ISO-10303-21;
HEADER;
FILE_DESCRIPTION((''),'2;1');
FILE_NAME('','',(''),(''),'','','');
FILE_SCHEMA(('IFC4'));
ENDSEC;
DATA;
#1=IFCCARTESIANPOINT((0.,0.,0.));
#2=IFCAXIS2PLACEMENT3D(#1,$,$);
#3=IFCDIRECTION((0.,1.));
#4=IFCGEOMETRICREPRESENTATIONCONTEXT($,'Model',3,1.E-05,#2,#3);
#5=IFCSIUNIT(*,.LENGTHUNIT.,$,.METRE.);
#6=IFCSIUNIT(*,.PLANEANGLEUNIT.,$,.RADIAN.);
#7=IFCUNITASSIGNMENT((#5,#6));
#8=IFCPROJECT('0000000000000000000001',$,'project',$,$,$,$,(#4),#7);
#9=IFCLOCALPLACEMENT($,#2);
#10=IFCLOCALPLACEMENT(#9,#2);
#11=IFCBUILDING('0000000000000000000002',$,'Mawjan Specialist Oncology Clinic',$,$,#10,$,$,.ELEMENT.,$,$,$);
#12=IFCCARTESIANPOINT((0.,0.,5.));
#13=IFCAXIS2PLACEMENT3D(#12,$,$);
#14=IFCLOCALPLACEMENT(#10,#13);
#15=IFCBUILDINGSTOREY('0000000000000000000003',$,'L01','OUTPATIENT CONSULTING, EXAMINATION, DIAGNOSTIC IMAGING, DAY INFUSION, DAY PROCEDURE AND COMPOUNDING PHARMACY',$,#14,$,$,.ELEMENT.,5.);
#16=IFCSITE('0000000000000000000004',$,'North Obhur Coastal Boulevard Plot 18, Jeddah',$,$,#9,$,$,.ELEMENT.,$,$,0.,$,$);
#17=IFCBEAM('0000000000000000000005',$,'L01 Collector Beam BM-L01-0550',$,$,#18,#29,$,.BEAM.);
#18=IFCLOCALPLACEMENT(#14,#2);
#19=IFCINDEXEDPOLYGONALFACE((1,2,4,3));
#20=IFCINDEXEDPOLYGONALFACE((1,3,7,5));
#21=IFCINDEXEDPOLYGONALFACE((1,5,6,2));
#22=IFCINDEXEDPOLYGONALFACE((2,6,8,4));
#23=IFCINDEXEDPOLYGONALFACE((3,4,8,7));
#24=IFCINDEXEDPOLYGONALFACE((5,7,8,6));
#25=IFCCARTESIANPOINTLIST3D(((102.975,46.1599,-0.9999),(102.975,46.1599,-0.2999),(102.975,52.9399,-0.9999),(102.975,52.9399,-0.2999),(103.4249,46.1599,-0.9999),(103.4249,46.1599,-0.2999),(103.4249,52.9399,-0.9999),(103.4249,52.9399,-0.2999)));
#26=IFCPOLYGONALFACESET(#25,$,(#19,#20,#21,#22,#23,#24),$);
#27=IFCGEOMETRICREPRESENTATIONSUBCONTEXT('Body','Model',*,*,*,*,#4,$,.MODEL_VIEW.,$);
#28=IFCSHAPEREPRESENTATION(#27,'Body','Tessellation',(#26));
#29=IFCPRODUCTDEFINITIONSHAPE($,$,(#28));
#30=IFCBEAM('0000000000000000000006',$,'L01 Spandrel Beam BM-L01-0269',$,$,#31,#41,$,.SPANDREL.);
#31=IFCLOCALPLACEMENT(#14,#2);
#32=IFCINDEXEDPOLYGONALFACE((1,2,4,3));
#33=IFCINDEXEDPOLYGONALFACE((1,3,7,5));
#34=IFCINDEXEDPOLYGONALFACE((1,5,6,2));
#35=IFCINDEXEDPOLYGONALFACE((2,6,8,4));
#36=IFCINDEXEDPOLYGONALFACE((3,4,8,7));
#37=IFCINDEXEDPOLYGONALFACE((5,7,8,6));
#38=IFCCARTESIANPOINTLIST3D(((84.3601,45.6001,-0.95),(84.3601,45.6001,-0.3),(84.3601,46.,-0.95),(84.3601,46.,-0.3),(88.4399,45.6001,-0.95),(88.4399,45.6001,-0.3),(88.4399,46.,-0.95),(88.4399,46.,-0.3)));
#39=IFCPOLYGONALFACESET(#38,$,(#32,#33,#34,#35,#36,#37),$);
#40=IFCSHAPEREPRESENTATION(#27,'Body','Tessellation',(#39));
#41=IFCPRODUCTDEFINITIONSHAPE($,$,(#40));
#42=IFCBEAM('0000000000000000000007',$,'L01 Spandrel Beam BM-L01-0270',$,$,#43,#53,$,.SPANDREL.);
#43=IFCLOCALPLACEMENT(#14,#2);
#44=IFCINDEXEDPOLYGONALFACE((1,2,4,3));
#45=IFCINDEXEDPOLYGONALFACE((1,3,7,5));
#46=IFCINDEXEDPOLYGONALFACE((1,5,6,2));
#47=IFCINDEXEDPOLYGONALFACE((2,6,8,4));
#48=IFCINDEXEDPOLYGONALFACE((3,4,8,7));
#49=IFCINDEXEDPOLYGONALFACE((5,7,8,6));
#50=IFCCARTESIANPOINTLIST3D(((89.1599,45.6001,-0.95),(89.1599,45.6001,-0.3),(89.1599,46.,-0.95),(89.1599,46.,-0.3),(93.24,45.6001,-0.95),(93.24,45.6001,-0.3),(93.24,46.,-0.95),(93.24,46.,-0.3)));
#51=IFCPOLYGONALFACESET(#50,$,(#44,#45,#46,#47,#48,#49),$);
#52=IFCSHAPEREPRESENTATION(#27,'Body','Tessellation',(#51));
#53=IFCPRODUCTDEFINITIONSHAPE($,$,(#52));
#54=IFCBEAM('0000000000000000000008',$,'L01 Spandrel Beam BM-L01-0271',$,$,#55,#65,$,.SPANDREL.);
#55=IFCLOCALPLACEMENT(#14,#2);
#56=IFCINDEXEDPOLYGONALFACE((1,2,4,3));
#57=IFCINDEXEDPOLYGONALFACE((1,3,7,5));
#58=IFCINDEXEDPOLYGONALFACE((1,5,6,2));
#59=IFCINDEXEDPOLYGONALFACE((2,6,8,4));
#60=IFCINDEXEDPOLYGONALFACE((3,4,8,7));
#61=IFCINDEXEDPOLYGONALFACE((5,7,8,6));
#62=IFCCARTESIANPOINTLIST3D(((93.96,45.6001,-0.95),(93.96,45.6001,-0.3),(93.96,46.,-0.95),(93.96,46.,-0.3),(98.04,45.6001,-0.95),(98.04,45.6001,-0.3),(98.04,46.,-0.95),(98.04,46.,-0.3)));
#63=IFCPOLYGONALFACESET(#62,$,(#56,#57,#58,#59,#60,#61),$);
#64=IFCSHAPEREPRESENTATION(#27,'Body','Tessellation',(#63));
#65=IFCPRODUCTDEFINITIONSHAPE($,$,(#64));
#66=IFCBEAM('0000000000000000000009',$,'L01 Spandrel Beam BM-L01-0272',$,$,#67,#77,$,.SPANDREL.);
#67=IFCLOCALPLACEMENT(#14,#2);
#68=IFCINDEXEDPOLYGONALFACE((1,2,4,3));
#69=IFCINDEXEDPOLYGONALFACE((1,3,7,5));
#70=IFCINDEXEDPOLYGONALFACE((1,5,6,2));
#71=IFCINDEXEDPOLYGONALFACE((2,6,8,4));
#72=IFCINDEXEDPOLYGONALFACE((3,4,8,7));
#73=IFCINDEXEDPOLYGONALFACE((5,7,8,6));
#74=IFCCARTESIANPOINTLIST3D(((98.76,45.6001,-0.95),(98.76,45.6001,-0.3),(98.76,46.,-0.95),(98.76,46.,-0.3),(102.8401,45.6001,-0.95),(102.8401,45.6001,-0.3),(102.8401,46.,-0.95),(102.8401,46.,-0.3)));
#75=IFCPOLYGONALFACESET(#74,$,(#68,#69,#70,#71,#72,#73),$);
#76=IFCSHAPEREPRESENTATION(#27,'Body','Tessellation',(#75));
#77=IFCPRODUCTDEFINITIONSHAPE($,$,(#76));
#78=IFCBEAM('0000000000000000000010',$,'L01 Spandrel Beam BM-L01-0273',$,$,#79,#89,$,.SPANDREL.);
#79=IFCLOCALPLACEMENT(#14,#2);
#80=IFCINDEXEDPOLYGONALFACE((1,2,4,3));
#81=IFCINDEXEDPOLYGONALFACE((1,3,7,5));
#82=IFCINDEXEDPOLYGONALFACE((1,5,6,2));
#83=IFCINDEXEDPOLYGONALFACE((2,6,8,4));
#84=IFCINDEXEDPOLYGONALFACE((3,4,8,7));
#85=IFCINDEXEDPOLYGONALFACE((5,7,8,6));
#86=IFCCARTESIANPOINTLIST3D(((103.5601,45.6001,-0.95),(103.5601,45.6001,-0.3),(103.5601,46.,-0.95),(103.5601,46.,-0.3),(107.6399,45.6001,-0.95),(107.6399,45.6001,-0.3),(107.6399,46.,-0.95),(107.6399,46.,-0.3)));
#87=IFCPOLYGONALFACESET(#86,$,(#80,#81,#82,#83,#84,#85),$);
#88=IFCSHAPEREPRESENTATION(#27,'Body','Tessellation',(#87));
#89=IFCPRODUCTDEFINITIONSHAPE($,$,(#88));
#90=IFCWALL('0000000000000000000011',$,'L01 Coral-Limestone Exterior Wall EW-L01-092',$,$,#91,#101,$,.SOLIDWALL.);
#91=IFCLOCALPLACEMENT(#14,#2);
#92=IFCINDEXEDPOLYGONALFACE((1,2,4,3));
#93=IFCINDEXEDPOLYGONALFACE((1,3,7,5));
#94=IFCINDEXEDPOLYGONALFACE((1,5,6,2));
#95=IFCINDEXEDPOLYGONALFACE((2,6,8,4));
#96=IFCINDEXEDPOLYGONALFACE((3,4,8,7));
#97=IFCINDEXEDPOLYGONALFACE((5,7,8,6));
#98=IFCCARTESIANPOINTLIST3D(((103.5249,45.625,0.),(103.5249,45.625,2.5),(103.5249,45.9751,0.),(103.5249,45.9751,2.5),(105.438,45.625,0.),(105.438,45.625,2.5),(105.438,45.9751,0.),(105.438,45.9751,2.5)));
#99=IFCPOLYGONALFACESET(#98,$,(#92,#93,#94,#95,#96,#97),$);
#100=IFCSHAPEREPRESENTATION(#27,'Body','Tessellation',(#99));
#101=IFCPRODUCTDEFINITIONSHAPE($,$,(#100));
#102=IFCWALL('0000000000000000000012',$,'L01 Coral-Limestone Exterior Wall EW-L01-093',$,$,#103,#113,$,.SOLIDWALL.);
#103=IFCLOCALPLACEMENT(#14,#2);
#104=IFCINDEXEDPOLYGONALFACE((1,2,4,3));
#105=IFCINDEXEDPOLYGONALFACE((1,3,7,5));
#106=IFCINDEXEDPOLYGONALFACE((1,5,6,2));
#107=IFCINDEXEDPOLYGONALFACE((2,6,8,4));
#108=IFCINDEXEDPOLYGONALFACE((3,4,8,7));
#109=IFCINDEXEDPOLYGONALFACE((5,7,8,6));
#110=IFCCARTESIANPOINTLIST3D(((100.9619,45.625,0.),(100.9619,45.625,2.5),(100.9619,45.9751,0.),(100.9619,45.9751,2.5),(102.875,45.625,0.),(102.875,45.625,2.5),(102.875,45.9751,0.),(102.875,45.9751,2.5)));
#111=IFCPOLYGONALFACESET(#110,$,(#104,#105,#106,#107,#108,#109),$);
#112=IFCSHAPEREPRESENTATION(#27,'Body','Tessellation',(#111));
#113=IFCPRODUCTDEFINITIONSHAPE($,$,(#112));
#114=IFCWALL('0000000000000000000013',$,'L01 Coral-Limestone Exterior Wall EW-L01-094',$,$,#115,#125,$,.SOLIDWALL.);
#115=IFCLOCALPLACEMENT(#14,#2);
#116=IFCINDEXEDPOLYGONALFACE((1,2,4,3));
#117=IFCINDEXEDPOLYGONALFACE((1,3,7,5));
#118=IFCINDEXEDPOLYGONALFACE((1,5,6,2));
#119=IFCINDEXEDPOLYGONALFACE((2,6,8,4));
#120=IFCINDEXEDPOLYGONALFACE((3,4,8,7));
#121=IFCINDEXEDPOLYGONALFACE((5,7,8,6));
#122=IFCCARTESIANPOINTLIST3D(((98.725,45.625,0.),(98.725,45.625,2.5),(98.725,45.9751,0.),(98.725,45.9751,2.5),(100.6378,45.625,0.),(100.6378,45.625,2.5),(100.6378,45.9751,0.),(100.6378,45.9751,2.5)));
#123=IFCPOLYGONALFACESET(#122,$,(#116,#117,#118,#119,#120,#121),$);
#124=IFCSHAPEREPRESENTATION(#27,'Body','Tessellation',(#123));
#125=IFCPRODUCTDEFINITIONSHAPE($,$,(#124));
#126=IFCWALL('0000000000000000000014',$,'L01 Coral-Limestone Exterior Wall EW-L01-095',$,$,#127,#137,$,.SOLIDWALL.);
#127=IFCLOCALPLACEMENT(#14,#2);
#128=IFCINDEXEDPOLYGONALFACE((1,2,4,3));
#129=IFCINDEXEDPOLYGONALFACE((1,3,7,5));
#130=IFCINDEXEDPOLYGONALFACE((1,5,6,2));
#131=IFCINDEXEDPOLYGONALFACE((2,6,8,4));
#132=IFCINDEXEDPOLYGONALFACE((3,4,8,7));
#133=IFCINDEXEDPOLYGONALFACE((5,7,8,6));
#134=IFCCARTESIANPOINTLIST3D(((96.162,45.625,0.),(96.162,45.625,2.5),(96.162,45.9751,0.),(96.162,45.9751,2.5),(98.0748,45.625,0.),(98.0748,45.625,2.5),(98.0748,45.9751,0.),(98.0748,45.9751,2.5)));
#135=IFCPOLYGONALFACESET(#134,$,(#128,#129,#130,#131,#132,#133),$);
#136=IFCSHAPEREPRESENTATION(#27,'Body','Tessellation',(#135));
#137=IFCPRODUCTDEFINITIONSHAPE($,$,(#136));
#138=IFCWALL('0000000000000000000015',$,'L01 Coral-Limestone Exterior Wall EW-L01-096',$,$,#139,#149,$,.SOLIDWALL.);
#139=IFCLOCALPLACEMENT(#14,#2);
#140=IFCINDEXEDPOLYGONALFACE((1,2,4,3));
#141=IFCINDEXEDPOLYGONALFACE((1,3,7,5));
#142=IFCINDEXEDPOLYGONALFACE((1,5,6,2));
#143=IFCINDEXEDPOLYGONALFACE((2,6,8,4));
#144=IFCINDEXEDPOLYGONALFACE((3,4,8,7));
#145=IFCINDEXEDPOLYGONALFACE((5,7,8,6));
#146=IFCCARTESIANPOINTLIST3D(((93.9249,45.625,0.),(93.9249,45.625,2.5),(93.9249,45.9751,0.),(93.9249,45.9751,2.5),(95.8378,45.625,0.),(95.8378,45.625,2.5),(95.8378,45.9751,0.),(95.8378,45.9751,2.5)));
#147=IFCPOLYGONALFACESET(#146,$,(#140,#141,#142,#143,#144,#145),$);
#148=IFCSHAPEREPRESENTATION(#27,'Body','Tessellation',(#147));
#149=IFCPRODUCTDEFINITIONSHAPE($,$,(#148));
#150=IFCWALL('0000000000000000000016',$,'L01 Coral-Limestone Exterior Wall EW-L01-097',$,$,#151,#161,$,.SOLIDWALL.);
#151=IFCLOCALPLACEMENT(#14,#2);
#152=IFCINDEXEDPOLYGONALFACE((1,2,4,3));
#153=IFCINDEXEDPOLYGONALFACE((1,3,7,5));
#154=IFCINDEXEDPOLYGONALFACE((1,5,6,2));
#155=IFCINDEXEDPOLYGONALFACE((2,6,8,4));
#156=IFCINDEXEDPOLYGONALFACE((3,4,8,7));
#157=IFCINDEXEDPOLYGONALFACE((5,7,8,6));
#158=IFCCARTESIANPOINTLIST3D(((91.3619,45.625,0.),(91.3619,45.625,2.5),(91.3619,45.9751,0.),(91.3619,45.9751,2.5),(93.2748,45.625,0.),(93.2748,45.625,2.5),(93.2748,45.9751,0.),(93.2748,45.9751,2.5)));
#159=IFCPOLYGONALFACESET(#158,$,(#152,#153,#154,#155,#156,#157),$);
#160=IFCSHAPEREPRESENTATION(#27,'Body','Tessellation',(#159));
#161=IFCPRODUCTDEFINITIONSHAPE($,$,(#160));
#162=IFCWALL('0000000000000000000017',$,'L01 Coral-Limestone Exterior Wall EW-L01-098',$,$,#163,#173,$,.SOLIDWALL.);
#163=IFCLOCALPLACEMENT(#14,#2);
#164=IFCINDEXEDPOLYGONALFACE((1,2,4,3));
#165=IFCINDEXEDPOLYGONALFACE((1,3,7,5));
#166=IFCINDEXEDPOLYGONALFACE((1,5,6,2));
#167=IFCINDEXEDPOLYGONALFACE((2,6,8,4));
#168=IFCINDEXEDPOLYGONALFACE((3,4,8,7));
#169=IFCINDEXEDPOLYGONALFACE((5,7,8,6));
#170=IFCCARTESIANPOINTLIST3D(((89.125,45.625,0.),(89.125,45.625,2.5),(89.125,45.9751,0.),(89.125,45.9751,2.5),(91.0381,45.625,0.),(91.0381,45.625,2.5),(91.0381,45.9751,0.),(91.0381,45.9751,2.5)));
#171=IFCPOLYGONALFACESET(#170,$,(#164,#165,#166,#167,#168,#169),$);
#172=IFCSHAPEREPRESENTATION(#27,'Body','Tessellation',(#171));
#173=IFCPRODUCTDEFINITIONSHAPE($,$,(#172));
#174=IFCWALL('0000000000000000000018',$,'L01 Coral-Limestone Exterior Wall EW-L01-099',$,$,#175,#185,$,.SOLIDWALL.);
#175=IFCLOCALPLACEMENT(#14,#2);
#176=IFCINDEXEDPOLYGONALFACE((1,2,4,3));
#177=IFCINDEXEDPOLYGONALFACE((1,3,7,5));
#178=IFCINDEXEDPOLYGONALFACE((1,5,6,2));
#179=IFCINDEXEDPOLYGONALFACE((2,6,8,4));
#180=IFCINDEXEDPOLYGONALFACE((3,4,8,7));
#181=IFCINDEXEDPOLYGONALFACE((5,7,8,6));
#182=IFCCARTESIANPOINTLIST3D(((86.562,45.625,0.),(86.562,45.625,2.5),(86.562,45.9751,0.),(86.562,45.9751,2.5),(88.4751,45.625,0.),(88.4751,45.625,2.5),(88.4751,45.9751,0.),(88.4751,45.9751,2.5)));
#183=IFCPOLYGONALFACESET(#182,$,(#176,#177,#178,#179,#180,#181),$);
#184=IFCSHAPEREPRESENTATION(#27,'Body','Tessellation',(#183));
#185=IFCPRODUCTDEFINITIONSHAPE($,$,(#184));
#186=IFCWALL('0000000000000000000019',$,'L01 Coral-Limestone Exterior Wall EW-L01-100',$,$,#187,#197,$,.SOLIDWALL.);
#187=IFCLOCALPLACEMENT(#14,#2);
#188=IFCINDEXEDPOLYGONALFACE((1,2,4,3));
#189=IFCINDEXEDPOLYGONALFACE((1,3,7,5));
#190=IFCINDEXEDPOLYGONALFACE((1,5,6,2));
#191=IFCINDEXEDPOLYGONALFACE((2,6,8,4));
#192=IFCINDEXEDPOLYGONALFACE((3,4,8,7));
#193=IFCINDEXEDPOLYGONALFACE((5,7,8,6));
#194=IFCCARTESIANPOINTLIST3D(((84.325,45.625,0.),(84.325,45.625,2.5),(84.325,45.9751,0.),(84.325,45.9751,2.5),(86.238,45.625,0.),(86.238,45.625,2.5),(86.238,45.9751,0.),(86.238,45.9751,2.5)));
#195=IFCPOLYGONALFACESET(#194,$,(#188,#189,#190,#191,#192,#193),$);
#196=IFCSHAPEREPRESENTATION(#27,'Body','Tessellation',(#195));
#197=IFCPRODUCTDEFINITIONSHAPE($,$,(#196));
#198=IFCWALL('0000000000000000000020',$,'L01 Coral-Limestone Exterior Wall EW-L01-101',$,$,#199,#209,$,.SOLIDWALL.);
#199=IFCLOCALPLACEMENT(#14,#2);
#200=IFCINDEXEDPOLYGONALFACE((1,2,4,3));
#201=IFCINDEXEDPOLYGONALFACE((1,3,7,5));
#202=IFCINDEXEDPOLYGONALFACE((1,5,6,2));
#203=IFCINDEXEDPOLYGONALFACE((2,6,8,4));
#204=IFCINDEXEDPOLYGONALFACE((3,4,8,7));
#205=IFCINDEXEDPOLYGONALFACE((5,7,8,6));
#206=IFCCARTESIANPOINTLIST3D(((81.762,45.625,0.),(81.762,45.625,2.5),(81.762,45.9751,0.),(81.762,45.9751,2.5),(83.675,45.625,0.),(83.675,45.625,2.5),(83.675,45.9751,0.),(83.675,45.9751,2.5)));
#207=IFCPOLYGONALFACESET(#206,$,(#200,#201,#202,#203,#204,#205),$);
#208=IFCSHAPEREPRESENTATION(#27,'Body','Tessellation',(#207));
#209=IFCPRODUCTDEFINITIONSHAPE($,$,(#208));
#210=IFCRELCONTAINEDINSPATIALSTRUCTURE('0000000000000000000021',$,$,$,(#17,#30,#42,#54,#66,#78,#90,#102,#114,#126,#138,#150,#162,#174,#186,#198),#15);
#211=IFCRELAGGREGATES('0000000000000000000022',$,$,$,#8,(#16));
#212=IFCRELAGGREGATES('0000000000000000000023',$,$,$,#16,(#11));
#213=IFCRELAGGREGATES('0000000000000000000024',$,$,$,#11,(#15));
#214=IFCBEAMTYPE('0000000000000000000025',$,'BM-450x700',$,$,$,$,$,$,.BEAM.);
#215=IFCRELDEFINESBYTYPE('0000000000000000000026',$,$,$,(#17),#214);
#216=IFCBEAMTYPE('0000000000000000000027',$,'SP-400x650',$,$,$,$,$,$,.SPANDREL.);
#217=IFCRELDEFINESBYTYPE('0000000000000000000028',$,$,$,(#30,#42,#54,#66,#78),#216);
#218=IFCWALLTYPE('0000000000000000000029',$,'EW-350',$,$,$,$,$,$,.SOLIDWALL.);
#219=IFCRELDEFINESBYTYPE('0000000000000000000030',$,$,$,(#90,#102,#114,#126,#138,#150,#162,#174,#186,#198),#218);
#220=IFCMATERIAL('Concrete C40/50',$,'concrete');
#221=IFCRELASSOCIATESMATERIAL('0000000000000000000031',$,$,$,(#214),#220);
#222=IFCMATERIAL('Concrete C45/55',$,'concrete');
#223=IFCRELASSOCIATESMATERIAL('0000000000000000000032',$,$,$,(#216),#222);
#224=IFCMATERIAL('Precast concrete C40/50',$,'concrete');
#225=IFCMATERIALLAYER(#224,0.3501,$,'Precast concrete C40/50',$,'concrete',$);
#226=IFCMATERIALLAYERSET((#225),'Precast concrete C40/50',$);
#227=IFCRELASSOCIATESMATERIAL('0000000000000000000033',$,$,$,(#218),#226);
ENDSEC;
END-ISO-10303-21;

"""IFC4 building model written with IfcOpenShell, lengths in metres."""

from ifc_helpers import new_model, si_unit, direction, frame, frame_2d, origin, origin_2d, place, context, subcontext, project, spatial, rectangle, extrude, material, layer, layer_set, material_profile, profile_set, type_object, element, save


model = new_model("IFC4")

# Units and contexts
model_context = context("Model", 3, precision=1e-05, world=origin(), true_north=direction((0.0, 1.0)))
body_context = subcontext(model_context, "Body", "Model", "MODEL_VIEW")
ifc_project = project(units=[si_unit("LENGTHUNIT", "METRE"), si_unit("PLANEANGLEUNIT", "RADIAN")], contexts=[model_context])

# Site, building, storey
site_placement = place(None, origin())
site = spatial("IfcSite", under=ifc_project, at=site_placement, Name="North Obhur Coastal Boulevard Plot 18, Jeddah", CompositionType="ELEMENT", RefElevation=0.0)
building_placement = place(site_placement, origin())
building = spatial("IfcBuilding", under=site, at=building_placement, Name="Mawjan Specialist Oncology Clinic", CompositionType="ELEMENT")
storey_placement = place(building_placement, frame((0.0, 0.0, 5.0)))
storey = spatial("IfcBuildingStorey", under=building, at=storey_placement, Name="L01", Description="OUTPATIENT CONSULTING, EXAMINATION, DIAGNOSTIC IMAGING, DAY INFUSION, DAY PROCEDURE AND COMPOUNDING PHARMACY", CompositionType="ELEMENT", Elevation=5.0)

# Beams
ifc_material_1 = material(Name="Concrete C40/50", Category="concrete")
ifc_material_profile_1 = material_profile(ifc_material_1, rectangle(XDim=0.45, YDim=0.7, at=origin_2d()), Name="RC BM 450x700", Category="concrete")
ifc_profile_set_1 = profile_set([ifc_material_profile_1], Name="Concrete C40/50")
beam_type_1 = type_object("IfcBeamType", Name="BM-450x700", PredefinedType="BEAM", material=ifc_profile_set_1)
for number, where, z_axis, x_axis, name in (
    (1, (103.2, 46.1599, -0.6499), (0.0, 1.0, 0.0), (-1.0, 0.0, 0.0), "L01 Collector Beam BM-L01-0550"),
):
    element("IfcBeam", number, at=place(storey_placement, frame(where, z_axis=z_axis, x_axis=x_axis)), inside=storey, type_object=beam_type_1, Name=name, PredefinedType="BEAM", context=body_context, shape_type="SweptSolid", body=[
        extrude(rectangle(XDim=0.45, YDim=0.7, at=origin_2d()), origin(), (0.0, 0.0, 1.0), 6.78),
    ])
ifc_material_2 = material(Name="Concrete C45/55", Category="concrete")
ifc_material_profile_2 = material_profile(ifc_material_2, rectangle(XDim=0.3999, YDim=0.6499, at=origin_2d()), Name="RC BM 400x650", Category="concrete")
ifc_profile_set_2 = profile_set([ifc_material_profile_2], Name="Concrete C45/55")
beam_type_2 = type_object("IfcBeamType", Name="SP-400x650", PredefinedType="SPANDREL", material=ifc_profile_set_2)
beam_1_placement = place(storey_placement, frame((84.3601, 45.8, -0.625), z_axis=(1.0, 0.0, 0.0), x_axis=(0.0, 1.0, 0.0)))
element("IfcBeam", 2, at=beam_1_placement, inside=storey, type_object=beam_type_2, Name="L01 Spandrel Beam BM-L01-0269", PredefinedType="SPANDREL", context=body_context, shape_type="SweptSolid", body=[
    extrude(rectangle(XDim=0.3999, YDim=0.6499, at=origin_2d()), origin(), (0.0, 0.0, 1.0), 4.0798),
])
for number, where, z_axis, x_axis, name in (
    (3, (89.1599, 45.8, -0.625), (1.0, 0.0, 0.0), (0.0, 1.0, 0.0), "L01 Spandrel Beam BM-L01-0270"),
    (4, (93.96, 45.8, -0.625), (1.0, 0.0, 0.0), (0.0, 1.0, 0.0), "L01 Spandrel Beam BM-L01-0271"),
    (5, (98.76, 45.8, -0.625), (1.0, 0.0, 0.0), (0.0, 1.0, 0.0), "L01 Spandrel Beam BM-L01-0272"),
):
    element("IfcBeam", number, at=place(storey_placement, frame(where, z_axis=z_axis, x_axis=x_axis)), inside=storey, type_object=beam_type_2, Name=name, PredefinedType="SPANDREL", context=body_context, shape_type="SweptSolid", body=[
        extrude(rectangle(XDim=0.3999, YDim=0.6499, at=origin_2d()), origin(), (0.0, 0.0, 1.0), 4.0801),
    ])
beam_2_placement = place(storey_placement, frame((103.5601, 45.8, -0.625), z_axis=(1.0, 0.0, 0.0), x_axis=(0.0, 1.0, 0.0)))
element("IfcBeam", 6, at=beam_2_placement, inside=storey, type_object=beam_type_2, Name="L01 Spandrel Beam BM-L01-0273", PredefinedType="SPANDREL", context=body_context, shape_type="SweptSolid", body=[
    extrude(rectangle(XDim=0.3999, YDim=0.6499, at=origin_2d()), origin(), (0.0, 0.0, 1.0), 4.0798),
])

# Walls
ifc_material_3 = material(Name="Precast concrete C40/50", Category="concrete")
ifc_layer = layer(ifc_material_3, 0.3501, Name="Precast concrete C40/50", Category="concrete")
ifc_layer_set = layer_set([ifc_layer], Name="Precast concrete C40/50")
wall_type = type_object("IfcWallType", Name="EW-350", PredefinedType="SOLIDWALL", material=ifc_layer_set)
for number, where, z_axis, x_axis, name in (
    (7, (105.438, 45.8, 0.0), (0.0, 0.0, 1.0), (-1.0, 0.0, 0.0), "L01 Coral-Limestone Exterior Wall EW-L01-092"),
    (8, (102.875, 45.8, 0.0), (0.0, 0.0, 1.0), (-1.0, 0.0, 0.0), "L01 Coral-Limestone Exterior Wall EW-L01-093"),
):
    element("IfcWall", number, at=place(storey_placement, frame(where, z_axis=z_axis, x_axis=x_axis)), inside=storey, type_object=wall_type, Name=name, PredefinedType="SOLIDWALL", context=body_context, shape_type="SweptSolid", body=[
        extrude(rectangle(XDim=1.9131, YDim=0.3501, at=frame_2d((0.9565, 0.0))), origin(), (0.0, 0.0, 1.0), 2.5),
    ])
for number, where, z_axis, x_axis, name in (
    (9, (100.6379, 45.8, 0.0), (0.0, 0.0, 1.0), (-1.0, 0.0, 0.0), "L01 Coral-Limestone Exterior Wall EW-L01-094"),
    (10, (98.075, 45.8, 0.0), (0.0, 0.0, 1.0), (-1.0, 0.0, 0.0), "L01 Coral-Limestone Exterior Wall EW-L01-095"),
    (11, (95.8379, 45.8, 0.0), (0.0, 0.0, 1.0), (-1.0, 0.0, 0.0), "L01 Coral-Limestone Exterior Wall EW-L01-096"),
    (12, (93.2749, 45.8, 0.0), (0.0, 0.0, 1.0), (-1.0, 0.0, 0.0), "L01 Coral-Limestone Exterior Wall EW-L01-097"),
):
    element("IfcWall", number, at=place(storey_placement, frame(where, z_axis=z_axis, x_axis=x_axis)), inside=storey, type_object=wall_type, Name=name, PredefinedType="SOLIDWALL", context=body_context, shape_type="SweptSolid", body=[
        extrude(rectangle(XDim=1.9128, YDim=0.3501, at=frame_2d((0.9565, 0.0))), origin(), (0.0, 0.0, 1.0), 2.5),
    ])
for number, where, z_axis, x_axis, name in (
    (13, (91.0381, 45.8, 0.0), (0.0, 0.0, 1.0), (-1.0, 0.0, 0.0), "L01 Coral-Limestone Exterior Wall EW-L01-098"),
    (14, (88.4751, 45.8, 0.0), (0.0, 0.0, 1.0), (-1.0, 0.0, 0.0), "L01 Coral-Limestone Exterior Wall EW-L01-099"),
    (15, (86.238, 45.8, 0.0), (0.0, 0.0, 1.0), (-1.0, 0.0, 0.0), "L01 Coral-Limestone Exterior Wall EW-L01-100"),
    (16, (83.675, 45.8, 0.0), (0.0, 0.0, 1.0), (-1.0, 0.0, 0.0), "L01 Coral-Limestone Exterior Wall EW-L01-101"),
):
    element("IfcWall", number, at=place(storey_placement, frame(where, z_axis=z_axis, x_axis=x_axis)), inside=storey, type_object=wall_type, Name=name, PredefinedType="SOLIDWALL", context=body_context, shape_type="SweptSolid", body=[
        extrude(rectangle(XDim=1.9131, YDim=0.3501, at=frame_2d((0.9565, 0.0))), origin(), (0.0, 0.0, 1.0), 2.5),
    ])

save(model, "model.ifc")
